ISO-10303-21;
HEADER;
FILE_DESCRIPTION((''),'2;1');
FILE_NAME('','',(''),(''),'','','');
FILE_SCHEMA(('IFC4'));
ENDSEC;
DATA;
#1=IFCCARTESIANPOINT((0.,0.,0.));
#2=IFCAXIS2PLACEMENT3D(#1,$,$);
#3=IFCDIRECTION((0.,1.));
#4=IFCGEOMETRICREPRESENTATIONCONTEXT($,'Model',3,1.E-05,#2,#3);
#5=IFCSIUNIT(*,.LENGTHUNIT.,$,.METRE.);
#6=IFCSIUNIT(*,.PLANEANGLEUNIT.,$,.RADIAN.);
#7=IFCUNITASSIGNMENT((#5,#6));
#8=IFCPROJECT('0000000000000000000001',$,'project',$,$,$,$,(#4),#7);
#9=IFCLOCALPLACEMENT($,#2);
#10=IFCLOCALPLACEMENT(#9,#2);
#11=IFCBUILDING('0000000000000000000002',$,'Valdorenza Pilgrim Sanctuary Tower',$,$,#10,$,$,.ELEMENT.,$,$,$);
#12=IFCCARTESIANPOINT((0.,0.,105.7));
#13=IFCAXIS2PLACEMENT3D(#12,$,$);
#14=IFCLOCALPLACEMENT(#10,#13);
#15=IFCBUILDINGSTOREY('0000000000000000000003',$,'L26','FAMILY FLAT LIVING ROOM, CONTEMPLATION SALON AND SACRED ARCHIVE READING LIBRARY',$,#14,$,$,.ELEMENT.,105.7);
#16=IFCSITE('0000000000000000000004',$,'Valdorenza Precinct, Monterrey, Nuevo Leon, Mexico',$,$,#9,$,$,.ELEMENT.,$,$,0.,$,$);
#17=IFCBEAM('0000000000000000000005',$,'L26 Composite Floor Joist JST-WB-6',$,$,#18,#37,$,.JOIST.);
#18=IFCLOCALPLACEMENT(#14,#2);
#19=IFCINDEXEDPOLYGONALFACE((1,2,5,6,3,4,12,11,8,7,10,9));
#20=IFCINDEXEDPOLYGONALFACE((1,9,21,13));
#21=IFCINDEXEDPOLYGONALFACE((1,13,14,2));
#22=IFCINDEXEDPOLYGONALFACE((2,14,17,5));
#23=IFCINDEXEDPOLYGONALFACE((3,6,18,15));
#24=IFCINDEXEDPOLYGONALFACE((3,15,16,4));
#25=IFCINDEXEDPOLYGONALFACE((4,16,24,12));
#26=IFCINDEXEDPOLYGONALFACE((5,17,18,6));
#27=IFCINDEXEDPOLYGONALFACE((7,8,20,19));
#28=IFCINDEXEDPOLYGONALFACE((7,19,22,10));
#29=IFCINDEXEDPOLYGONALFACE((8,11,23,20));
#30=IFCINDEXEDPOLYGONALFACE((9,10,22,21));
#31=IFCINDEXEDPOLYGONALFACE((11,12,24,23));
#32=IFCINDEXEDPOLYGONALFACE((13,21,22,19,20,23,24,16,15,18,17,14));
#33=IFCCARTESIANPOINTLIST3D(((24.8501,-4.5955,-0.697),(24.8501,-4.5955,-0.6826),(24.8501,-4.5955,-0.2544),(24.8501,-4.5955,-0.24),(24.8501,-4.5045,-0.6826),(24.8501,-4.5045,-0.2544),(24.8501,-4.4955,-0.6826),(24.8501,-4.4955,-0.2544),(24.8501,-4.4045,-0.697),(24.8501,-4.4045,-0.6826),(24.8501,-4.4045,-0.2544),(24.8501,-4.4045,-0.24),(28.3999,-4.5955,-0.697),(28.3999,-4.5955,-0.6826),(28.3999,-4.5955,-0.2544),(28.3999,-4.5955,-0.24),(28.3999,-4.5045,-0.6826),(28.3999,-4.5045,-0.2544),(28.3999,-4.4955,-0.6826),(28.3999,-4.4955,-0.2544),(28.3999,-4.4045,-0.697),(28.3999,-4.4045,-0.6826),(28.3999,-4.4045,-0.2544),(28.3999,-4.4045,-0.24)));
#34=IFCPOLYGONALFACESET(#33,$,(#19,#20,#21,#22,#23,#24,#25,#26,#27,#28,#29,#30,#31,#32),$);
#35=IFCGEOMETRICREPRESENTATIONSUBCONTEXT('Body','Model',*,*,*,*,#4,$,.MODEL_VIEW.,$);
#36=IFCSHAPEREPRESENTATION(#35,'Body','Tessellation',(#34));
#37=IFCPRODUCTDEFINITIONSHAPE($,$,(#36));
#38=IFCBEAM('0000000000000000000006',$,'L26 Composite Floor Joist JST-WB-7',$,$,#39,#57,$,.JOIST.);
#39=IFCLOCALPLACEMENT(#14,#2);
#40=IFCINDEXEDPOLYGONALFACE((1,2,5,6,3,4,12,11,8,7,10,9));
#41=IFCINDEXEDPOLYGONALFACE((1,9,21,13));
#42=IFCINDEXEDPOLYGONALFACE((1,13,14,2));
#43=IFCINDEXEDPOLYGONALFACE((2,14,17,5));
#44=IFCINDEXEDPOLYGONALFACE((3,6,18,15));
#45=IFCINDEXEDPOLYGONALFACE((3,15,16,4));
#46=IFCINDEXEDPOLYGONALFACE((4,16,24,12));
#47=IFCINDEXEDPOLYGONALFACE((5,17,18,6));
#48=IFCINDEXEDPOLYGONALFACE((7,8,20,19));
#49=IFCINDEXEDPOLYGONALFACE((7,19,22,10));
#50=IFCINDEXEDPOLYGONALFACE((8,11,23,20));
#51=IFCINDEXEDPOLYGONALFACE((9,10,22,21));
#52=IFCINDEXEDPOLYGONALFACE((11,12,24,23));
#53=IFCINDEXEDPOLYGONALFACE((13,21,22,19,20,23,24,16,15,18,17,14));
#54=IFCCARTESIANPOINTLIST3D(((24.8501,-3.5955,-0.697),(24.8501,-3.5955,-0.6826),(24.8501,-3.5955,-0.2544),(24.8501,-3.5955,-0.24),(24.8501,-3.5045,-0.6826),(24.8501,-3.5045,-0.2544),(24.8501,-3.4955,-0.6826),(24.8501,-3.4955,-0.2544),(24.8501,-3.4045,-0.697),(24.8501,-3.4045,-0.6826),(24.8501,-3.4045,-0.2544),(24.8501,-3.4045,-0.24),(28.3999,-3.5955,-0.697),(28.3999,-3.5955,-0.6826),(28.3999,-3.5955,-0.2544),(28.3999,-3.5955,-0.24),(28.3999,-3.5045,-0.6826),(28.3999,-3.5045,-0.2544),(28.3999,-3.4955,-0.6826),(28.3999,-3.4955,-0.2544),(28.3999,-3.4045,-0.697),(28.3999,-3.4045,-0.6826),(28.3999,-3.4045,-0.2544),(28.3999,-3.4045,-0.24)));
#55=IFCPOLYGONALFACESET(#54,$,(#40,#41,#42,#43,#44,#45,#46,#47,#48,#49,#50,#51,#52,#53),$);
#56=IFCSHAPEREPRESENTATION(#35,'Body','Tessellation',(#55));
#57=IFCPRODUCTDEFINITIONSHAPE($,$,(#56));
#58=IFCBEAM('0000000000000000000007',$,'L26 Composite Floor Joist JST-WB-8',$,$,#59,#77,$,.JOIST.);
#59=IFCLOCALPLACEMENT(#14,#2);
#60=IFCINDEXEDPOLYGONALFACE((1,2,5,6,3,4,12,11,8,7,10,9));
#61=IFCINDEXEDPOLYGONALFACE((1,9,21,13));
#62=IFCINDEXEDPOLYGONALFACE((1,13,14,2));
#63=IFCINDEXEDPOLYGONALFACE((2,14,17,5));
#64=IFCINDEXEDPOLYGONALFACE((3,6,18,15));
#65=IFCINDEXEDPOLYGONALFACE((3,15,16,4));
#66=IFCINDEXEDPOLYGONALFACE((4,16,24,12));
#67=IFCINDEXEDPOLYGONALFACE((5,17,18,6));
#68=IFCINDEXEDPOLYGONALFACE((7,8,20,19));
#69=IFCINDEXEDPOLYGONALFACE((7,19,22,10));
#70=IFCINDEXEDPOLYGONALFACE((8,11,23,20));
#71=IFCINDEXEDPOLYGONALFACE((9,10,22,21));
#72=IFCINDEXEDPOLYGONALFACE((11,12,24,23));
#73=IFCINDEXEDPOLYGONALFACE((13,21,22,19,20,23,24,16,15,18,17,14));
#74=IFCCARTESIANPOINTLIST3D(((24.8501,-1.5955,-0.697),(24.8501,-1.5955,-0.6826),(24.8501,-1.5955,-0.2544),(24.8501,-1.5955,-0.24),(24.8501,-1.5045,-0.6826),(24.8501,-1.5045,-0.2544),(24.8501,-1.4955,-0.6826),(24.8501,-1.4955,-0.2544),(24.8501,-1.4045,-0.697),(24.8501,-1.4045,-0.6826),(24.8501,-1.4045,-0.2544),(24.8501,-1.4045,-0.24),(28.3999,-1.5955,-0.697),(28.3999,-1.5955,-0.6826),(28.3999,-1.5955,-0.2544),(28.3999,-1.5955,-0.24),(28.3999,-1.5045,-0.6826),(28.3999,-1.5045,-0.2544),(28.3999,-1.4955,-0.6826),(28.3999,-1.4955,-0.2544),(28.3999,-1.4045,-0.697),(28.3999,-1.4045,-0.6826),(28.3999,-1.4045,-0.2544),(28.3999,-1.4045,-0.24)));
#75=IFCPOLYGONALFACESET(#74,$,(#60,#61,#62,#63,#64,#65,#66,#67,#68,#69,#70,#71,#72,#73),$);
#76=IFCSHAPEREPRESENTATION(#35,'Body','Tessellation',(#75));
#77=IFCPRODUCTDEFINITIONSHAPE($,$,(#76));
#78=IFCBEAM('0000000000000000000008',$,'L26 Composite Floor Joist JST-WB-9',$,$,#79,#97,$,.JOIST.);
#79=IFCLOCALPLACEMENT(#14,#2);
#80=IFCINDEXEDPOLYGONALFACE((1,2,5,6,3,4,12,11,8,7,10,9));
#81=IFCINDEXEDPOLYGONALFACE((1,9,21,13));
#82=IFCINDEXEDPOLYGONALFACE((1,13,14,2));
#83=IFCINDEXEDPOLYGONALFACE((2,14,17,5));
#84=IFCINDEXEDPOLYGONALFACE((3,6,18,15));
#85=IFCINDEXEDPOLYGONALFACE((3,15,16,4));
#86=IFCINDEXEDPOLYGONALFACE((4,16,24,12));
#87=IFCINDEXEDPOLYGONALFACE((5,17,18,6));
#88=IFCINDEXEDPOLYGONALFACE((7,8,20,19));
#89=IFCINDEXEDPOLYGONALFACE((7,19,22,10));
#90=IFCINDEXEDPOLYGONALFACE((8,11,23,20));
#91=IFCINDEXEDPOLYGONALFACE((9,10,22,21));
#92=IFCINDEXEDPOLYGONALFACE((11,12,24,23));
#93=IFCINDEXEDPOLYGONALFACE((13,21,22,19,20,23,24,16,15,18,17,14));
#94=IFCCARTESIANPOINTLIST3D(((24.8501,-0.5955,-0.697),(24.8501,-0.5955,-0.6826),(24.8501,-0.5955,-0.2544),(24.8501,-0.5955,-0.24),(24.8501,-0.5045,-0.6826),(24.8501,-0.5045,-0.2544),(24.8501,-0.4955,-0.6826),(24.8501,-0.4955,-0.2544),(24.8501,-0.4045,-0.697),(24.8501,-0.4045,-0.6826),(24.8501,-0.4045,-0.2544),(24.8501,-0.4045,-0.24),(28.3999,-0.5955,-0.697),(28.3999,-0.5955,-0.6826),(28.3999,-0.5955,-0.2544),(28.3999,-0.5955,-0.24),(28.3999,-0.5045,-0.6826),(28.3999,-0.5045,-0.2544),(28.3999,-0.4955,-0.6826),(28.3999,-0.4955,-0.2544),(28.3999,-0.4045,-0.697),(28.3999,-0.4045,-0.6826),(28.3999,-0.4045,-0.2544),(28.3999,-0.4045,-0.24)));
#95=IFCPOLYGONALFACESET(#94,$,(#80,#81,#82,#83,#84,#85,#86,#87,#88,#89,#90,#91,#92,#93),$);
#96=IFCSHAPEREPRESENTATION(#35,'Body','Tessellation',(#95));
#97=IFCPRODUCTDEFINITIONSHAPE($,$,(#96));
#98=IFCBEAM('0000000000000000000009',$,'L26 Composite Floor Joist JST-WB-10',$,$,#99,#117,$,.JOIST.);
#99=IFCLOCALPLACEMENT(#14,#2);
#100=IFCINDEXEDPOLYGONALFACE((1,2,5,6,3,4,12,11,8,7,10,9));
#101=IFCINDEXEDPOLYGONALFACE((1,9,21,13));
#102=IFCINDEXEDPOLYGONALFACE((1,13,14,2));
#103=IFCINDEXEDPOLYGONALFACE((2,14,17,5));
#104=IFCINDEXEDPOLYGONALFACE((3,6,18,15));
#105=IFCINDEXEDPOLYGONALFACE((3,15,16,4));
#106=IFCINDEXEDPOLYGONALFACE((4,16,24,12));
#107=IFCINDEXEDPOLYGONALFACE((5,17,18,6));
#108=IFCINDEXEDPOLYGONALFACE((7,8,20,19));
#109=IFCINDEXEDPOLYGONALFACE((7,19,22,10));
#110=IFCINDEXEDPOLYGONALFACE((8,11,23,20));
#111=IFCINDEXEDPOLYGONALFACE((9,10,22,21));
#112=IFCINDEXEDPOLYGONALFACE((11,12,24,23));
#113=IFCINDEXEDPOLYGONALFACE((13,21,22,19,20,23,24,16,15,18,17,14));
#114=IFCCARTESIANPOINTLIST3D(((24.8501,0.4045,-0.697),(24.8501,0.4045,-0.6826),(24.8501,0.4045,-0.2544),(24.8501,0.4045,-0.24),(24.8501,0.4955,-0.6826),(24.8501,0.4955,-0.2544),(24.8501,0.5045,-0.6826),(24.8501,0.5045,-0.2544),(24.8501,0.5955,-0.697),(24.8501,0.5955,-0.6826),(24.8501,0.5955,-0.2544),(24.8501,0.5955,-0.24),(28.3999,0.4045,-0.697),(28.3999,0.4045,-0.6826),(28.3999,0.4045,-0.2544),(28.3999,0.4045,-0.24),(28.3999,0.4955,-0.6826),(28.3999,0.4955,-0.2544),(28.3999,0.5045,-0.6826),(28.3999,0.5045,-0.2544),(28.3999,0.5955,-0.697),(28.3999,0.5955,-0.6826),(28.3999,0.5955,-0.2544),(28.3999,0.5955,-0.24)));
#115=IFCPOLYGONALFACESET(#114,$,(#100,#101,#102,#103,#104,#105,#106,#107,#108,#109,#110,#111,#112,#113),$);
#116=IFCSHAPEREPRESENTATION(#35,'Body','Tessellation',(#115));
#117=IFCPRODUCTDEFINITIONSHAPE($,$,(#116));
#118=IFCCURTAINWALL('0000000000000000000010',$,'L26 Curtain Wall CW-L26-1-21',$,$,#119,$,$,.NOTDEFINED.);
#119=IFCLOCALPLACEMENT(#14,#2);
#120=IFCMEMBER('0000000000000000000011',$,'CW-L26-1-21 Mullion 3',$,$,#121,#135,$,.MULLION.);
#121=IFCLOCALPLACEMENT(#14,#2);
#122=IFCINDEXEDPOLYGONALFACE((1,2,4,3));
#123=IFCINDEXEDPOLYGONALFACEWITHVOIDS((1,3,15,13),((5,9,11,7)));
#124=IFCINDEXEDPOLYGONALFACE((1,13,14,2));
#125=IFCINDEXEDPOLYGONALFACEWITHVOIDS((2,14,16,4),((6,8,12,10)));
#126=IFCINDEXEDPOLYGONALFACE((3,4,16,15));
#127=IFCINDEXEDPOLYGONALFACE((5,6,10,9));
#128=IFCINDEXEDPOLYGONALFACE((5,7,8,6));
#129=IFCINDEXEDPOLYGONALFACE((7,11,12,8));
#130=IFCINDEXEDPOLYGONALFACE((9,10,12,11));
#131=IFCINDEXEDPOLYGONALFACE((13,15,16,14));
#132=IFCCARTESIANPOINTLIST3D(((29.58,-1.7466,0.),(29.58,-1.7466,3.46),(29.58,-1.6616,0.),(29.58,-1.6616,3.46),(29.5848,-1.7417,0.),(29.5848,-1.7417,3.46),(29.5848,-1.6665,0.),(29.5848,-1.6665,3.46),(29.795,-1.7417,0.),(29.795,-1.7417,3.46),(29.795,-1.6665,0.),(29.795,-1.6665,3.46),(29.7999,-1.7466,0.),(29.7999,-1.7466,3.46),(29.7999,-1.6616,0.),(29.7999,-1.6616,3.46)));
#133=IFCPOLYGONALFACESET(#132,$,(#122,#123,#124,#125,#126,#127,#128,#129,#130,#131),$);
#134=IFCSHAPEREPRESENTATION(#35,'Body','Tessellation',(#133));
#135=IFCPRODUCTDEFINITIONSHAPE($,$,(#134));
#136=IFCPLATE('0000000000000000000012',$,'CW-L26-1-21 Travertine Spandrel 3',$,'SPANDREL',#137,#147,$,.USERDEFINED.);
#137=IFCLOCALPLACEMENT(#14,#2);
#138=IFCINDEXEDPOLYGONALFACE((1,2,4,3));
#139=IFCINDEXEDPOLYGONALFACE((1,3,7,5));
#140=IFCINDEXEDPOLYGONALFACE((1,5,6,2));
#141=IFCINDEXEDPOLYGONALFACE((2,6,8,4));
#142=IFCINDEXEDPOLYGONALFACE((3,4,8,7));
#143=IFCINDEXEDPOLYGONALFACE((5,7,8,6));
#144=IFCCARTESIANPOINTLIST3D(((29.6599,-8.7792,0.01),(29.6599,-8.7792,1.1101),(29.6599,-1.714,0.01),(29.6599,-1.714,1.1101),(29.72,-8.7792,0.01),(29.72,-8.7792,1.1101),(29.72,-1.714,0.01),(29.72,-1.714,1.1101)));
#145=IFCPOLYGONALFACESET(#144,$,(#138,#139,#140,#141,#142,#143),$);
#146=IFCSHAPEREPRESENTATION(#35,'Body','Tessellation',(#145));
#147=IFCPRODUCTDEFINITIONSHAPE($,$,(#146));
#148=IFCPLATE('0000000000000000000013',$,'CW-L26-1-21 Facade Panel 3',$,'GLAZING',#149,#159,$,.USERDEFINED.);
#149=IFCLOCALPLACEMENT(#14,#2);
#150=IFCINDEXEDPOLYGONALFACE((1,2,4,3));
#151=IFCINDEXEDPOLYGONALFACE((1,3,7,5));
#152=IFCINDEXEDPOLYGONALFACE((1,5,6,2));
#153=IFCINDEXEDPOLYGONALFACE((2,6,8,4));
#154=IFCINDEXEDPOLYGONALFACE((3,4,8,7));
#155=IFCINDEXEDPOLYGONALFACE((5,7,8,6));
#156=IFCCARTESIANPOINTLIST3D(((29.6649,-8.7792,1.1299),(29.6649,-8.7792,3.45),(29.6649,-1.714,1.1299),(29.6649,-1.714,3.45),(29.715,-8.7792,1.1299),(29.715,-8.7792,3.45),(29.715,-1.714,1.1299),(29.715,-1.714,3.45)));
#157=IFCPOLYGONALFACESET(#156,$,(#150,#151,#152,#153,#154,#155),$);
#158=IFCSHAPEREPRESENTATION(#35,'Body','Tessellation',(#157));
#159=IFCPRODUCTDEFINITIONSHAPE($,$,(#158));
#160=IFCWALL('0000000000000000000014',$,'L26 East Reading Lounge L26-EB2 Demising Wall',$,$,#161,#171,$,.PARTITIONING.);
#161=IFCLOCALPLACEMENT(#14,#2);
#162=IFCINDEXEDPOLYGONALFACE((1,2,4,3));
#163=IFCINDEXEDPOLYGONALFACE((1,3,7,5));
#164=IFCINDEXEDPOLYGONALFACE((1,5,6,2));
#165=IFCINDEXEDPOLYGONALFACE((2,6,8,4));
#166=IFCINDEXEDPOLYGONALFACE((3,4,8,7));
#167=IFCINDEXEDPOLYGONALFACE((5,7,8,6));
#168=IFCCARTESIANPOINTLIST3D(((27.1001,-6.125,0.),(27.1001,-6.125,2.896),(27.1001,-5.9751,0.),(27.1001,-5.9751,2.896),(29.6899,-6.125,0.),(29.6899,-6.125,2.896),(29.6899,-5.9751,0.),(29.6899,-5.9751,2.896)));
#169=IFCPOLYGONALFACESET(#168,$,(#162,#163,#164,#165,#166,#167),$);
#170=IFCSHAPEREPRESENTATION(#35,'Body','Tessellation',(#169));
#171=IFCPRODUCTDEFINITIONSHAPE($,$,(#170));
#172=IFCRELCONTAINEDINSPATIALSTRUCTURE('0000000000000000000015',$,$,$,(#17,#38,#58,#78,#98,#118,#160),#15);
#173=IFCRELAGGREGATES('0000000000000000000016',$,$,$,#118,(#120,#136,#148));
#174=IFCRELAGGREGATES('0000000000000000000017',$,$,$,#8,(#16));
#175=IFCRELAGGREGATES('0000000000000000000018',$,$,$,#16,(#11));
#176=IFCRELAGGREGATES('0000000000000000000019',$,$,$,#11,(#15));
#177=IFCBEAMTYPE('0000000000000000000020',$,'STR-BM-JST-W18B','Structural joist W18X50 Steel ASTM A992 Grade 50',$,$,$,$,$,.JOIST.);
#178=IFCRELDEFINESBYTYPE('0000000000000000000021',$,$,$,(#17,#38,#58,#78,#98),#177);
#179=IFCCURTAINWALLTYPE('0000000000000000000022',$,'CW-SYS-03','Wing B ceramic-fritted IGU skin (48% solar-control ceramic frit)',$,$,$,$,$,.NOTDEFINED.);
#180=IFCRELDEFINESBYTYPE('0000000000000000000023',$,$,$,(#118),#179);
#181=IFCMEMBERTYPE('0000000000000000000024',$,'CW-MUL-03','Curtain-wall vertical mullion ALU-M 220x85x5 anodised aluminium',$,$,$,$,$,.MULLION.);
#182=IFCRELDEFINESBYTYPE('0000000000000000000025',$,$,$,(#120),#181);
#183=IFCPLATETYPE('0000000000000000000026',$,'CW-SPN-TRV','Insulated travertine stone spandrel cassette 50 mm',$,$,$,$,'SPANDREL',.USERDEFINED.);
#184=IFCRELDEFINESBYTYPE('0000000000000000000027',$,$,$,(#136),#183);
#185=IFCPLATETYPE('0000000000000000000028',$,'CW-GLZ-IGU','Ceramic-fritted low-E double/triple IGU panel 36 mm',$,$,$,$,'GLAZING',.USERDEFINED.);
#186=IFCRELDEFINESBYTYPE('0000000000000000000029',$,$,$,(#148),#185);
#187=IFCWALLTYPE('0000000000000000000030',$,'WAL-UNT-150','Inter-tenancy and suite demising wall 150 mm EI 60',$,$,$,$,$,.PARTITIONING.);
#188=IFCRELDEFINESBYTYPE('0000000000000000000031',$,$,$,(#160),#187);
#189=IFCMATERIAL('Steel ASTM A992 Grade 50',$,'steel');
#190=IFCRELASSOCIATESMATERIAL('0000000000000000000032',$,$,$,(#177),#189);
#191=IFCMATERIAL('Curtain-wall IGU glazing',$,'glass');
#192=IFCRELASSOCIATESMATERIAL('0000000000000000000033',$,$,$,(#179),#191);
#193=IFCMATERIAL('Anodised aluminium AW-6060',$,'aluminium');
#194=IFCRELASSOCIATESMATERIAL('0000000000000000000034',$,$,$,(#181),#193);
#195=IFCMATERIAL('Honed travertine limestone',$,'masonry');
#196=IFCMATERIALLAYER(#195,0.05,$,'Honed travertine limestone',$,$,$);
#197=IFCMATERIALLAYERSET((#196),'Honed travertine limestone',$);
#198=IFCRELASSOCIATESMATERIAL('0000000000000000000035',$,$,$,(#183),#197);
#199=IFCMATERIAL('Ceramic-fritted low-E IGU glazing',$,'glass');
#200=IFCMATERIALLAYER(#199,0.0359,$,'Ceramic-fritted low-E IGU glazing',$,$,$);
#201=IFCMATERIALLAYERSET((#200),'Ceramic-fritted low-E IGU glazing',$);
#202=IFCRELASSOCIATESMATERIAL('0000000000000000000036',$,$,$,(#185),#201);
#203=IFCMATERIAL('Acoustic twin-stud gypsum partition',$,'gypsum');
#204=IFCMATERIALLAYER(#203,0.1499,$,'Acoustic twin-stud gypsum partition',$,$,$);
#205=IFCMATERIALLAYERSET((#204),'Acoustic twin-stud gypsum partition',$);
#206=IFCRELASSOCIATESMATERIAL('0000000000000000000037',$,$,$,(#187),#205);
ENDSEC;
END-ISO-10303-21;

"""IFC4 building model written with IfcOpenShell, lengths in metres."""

from ifc_helpers import new_model, si_unit, direction, frame, frame_2d, origin, origin_2d, place, context, subcontext, project, spatial, rectangle, hollow_rectangle, i_section, extrude, source, transform, mapped, material, layer, layer_set, material_profile, profile_set, type_object, element, aggregate, save


model = new_model("IFC4")

# Units and contexts
model_context = context("Model", 3, precision=1e-05, world=origin(), true_north=direction((0.0, 1.0)))
body_context = subcontext(model_context, "Body", "Model", "MODEL_VIEW")
ifc_project = project(units=[si_unit("LENGTHUNIT", "METRE"), si_unit("PLANEANGLEUNIT", "RADIAN")], contexts=[model_context])

# Site, building, storey
site_placement = place(None, origin())
site = spatial("IfcSite", under=ifc_project, at=site_placement, Name="Valdorenza Precinct, Monterrey, Nuevo Leon, Mexico", CompositionType="ELEMENT", RefElevation=0.0)
building_placement = place(site_placement, origin())
building = spatial("IfcBuilding", under=site, at=building_placement, Name="Valdorenza Pilgrim Sanctuary Tower", CompositionType="ELEMENT")
storey_placement = place(building_placement, frame((0.0, 0.0, 105.7)))
storey = spatial("IfcBuildingStorey", under=building, at=storey_placement, Name="L26", Description="FAMILY FLAT LIVING ROOM, CONTEMPLATION SALON AND SACRED ARCHIVE READING LIBRARY", CompositionType="ELEMENT", Elevation=105.7)

# Shared definitions
ifc_material_1 = material(Name="Steel ASTM A992 Grade 50", Category="steel")

# Beams
ifc_material_profile_1 = material_profile(ifc_material_1, i_section(OverallWidth=0.1909, OverallDepth=0.457, WebThickness=0.009, FlangeThickness=0.0144, at=origin_2d()), Name="W18X50")
ifc_profile_set_1 = profile_set([ifc_material_profile_1], Name="Steel ASTM A992 Grade 50")
beam_type_1 = type_object("IfcBeamType", Name="STR-BM-JST-W18B", Description="Structural joist W18X50 Steel ASTM A992 Grade 50", PredefinedType="JOIST", material=ifc_profile_set_1)
shared_shape_1 = source(origin(), body_context, "Body", "SweptSolid", [
    extrude(i_section(OverallWidth=0.1909, OverallDepth=0.457, WebThickness=0.009, FlangeThickness=0.0144, at=origin_2d()), origin(), (0.0, 0.0, 1.0), 3.5498),
])
for number, where, z_axis, x_axis, name in (
    (1, (24.8501, -4.5, -0.4685), (1.0, 0.0, 0.0), (0.0, 1.0, 0.0), "L26 Composite Floor Joist JST-WB-6"),
    (2, (24.8501, -3.5, -0.4685), (1.0, 0.0, 0.0), (0.0, 1.0, 0.0), "L26 Composite Floor Joist JST-WB-7"),
    (3, (24.8501, -1.5, -0.4685), (1.0, 0.0, 0.0), (0.0, 1.0, 0.0), "L26 Composite Floor Joist JST-WB-8"),
    (4, (24.8501, -0.5, -0.4685), (1.0, 0.0, 0.0), (0.0, 1.0, 0.0), "L26 Composite Floor Joist JST-WB-9"),
    (5, (24.8501, 0.5, -0.4685), (1.0, 0.0, 0.0), (0.0, 1.0, 0.0), "L26 Composite Floor Joist JST-WB-10"),
):
    element("IfcBeam", number, at=place(storey_placement, frame(where, z_axis=z_axis, x_axis=x_axis)), inside=storey, type_object=beam_type_1, Name=name, PredefinedType="JOIST", context=body_context, shape_type="MappedRepresentation", body=[
        mapped(shared_shape_1, transform((0.0, 0.0, 0.0), x_axis=(1.0, 0.0, 0.0), y_axis=(0.0, 1.0, 0.0), z_axis=(0.0, 0.0, 1.0), scale=1.0)),
    ])

# Curtain wall, member, plates
ifc_material_2 = material(Name="Curtain-wall IGU glazing", Category="glass")
curtain_wall_type = type_object("IfcCurtainWallType", Name="CW-SYS-03", Description="Wing B ceramic-fritted IGU skin (48% solar-control ceramic frit)", PredefinedType="NOTDEFINED", material=ifc_material_2)
curtain_wall_placement = place(storey_placement, origin())
curtain_wall = element("IfcCurtainWall", 6, at=curtain_wall_placement, inside=storey, type_object=curtain_wall_type, Name="L26 Curtain Wall CW-L26-1-21", PredefinedType="NOTDEFINED")
ifc_material_3 = material(Name="Anodised aluminium AW-6060", Category="aluminium")
ifc_material_profile_2 = material_profile(ifc_material_3, hollow_rectangle(XDim=0.085, YDim=0.22, WallThickness=0.0049, at=origin_2d()), Name="ALU-M 220x85x5")
ifc_profile_set_2 = profile_set([ifc_material_profile_2], Name="Anodised aluminium AW-6060")
member_type = type_object("IfcMemberType", Name="CW-MUL-03", Description="Curtain-wall vertical mullion ALU-M 220x85x5 anodised aluminium", PredefinedType="MULLION", material=ifc_profile_set_2)
shared_shape_2 = source(origin(), body_context, "Body", "SweptSolid", [
    extrude(hollow_rectangle(XDim=0.085, YDim=0.22, WallThickness=0.0049, at=origin_2d()), origin(), (0.0, 0.0, 1.0), 3.46),
])
member_placement = place(storey_placement, frame((29.6899, -1.7041, 0.0), z_axis=(0.0, 0.0, 1.0), x_axis=(0.0, -1.0, 0.0)))
member = element("IfcMember", 7, at=member_placement, type_object=member_type, Name="CW-L26-1-21 Mullion 3", PredefinedType="MULLION", context=body_context, shape_type="MappedRepresentation", body=[
    mapped(shared_shape_2, transform((0.0, 0.0, 0.0), x_axis=(1.0, 0.0, 0.0), y_axis=(0.0, 1.0, 0.0), z_axis=(0.0, 0.0, 1.0), scale=1.0)),
])
ifc_material_4 = material(Name="Honed travertine limestone", Category="masonry")
ifc_layer_1 = layer(ifc_material_4, 0.05, Name="Honed travertine limestone")
ifc_layer_set_1 = layer_set([ifc_layer_1], Name="Honed travertine limestone")
plate_type_1 = type_object("IfcPlateType", Name="CW-SPN-TRV", Description="Insulated travertine stone spandrel cassette 50 mm", ElementType="SPANDREL", PredefinedType="USERDEFINED", material=ifc_layer_set_1)
shared_shape_3 = source(origin(), body_context, "Body", "SweptSolid", [
    extrude(rectangle(XDim=7.0652, YDim=0.0601, at=origin_2d()), origin(), (0.0, 0.0, 1.0), 1.1001),
])
plate_1_placement = place(storey_placement, frame((29.6899, -5.2466, 0.01), z_axis=(0.0, 0.0, 1.0), x_axis=(0.0, -1.0, 0.0)))
plate_1 = element("IfcPlate", 8, at=plate_1_placement, type_object=plate_type_1, Name="CW-L26-1-21 Travertine Spandrel 3", ObjectType="SPANDREL", PredefinedType="USERDEFINED", context=body_context, shape_type="MappedRepresentation", body=[
    mapped(shared_shape_3, transform((0.0, 0.0, 0.0), x_axis=(1.0, 0.0, 0.0), y_axis=(0.0, 1.0, 0.0), z_axis=(0.0, 0.0, 1.0), scale=1.0)),
])
ifc_material_5 = material(Name="Ceramic-fritted low-E IGU glazing", Category="glass")
ifc_layer_2 = layer(ifc_material_5, 0.0359, Name="Ceramic-fritted low-E IGU glazing")
ifc_layer_set_2 = layer_set([ifc_layer_2], Name="Ceramic-fritted low-E IGU glazing")
plate_type_2 = type_object("IfcPlateType", Name="CW-GLZ-IGU", Description="Ceramic-fritted low-E double/triple IGU panel 36 mm", ElementType="GLAZING", PredefinedType="USERDEFINED", material=ifc_layer_set_2)
shared_shape_4 = source(origin(), body_context, "Body", "SweptSolid", [
    extrude(rectangle(XDim=7.0652, YDim=0.05, at=origin_2d()), origin(), (0.0, 0.0, 1.0), 2.3201),
])
plate_2_placement = place(storey_placement, frame((29.6899, -5.2466, 1.1299), z_axis=(0.0, 0.0, 1.0), x_axis=(0.0, -1.0, 0.0)))
plate_2 = element("IfcPlate", 9, at=plate_2_placement, type_object=plate_type_2, Name="CW-L26-1-21 Facade Panel 3", ObjectType="GLAZING", PredefinedType="USERDEFINED", context=body_context, shape_type="MappedRepresentation", body=[
    mapped(shared_shape_4, transform((0.0, 0.0, 0.0), x_axis=(1.0, 0.0, 0.0), y_axis=(0.0, 1.0, 0.0), z_axis=(0.0, 0.0, 1.0), scale=1.0)),
])
aggregate(curtain_wall, [member, plate_1, plate_2])

# Wall
ifc_material_6 = material(Name="Acoustic twin-stud gypsum partition", Category="gypsum")
ifc_layer_3 = layer(ifc_material_6, 0.1499, Name="Acoustic twin-stud gypsum partition")
ifc_layer_set_3 = layer_set([ifc_layer_3], Name="Acoustic twin-stud gypsum partition")
wall_type = type_object("IfcWallType", Name="WAL-UNT-150", Description="Inter-tenancy and suite demising wall 150 mm EI 60", PredefinedType="PARTITIONING", material=ifc_layer_set_3)
wall_placement = place(storey_placement, frame((27.1001, -6.05, 0.0), z_axis=(0.0, 0.0, 1.0), x_axis=(1.0, 0.0, 0.0)))
element("IfcWall", 10, at=wall_placement, inside=storey, type_object=wall_type, Name="L26 East Reading Lounge L26-EB2 Demising Wall", PredefinedType="PARTITIONING", context=body_context, shape_type="SweptSolid", body=[
    extrude(rectangle(XDim=2.5898, YDim=0.1499, at=frame_2d((1.2949, 0.0))), origin(), (0.0, 0.0, 1.0), 2.896),
])

save(model, "model.ifc")
